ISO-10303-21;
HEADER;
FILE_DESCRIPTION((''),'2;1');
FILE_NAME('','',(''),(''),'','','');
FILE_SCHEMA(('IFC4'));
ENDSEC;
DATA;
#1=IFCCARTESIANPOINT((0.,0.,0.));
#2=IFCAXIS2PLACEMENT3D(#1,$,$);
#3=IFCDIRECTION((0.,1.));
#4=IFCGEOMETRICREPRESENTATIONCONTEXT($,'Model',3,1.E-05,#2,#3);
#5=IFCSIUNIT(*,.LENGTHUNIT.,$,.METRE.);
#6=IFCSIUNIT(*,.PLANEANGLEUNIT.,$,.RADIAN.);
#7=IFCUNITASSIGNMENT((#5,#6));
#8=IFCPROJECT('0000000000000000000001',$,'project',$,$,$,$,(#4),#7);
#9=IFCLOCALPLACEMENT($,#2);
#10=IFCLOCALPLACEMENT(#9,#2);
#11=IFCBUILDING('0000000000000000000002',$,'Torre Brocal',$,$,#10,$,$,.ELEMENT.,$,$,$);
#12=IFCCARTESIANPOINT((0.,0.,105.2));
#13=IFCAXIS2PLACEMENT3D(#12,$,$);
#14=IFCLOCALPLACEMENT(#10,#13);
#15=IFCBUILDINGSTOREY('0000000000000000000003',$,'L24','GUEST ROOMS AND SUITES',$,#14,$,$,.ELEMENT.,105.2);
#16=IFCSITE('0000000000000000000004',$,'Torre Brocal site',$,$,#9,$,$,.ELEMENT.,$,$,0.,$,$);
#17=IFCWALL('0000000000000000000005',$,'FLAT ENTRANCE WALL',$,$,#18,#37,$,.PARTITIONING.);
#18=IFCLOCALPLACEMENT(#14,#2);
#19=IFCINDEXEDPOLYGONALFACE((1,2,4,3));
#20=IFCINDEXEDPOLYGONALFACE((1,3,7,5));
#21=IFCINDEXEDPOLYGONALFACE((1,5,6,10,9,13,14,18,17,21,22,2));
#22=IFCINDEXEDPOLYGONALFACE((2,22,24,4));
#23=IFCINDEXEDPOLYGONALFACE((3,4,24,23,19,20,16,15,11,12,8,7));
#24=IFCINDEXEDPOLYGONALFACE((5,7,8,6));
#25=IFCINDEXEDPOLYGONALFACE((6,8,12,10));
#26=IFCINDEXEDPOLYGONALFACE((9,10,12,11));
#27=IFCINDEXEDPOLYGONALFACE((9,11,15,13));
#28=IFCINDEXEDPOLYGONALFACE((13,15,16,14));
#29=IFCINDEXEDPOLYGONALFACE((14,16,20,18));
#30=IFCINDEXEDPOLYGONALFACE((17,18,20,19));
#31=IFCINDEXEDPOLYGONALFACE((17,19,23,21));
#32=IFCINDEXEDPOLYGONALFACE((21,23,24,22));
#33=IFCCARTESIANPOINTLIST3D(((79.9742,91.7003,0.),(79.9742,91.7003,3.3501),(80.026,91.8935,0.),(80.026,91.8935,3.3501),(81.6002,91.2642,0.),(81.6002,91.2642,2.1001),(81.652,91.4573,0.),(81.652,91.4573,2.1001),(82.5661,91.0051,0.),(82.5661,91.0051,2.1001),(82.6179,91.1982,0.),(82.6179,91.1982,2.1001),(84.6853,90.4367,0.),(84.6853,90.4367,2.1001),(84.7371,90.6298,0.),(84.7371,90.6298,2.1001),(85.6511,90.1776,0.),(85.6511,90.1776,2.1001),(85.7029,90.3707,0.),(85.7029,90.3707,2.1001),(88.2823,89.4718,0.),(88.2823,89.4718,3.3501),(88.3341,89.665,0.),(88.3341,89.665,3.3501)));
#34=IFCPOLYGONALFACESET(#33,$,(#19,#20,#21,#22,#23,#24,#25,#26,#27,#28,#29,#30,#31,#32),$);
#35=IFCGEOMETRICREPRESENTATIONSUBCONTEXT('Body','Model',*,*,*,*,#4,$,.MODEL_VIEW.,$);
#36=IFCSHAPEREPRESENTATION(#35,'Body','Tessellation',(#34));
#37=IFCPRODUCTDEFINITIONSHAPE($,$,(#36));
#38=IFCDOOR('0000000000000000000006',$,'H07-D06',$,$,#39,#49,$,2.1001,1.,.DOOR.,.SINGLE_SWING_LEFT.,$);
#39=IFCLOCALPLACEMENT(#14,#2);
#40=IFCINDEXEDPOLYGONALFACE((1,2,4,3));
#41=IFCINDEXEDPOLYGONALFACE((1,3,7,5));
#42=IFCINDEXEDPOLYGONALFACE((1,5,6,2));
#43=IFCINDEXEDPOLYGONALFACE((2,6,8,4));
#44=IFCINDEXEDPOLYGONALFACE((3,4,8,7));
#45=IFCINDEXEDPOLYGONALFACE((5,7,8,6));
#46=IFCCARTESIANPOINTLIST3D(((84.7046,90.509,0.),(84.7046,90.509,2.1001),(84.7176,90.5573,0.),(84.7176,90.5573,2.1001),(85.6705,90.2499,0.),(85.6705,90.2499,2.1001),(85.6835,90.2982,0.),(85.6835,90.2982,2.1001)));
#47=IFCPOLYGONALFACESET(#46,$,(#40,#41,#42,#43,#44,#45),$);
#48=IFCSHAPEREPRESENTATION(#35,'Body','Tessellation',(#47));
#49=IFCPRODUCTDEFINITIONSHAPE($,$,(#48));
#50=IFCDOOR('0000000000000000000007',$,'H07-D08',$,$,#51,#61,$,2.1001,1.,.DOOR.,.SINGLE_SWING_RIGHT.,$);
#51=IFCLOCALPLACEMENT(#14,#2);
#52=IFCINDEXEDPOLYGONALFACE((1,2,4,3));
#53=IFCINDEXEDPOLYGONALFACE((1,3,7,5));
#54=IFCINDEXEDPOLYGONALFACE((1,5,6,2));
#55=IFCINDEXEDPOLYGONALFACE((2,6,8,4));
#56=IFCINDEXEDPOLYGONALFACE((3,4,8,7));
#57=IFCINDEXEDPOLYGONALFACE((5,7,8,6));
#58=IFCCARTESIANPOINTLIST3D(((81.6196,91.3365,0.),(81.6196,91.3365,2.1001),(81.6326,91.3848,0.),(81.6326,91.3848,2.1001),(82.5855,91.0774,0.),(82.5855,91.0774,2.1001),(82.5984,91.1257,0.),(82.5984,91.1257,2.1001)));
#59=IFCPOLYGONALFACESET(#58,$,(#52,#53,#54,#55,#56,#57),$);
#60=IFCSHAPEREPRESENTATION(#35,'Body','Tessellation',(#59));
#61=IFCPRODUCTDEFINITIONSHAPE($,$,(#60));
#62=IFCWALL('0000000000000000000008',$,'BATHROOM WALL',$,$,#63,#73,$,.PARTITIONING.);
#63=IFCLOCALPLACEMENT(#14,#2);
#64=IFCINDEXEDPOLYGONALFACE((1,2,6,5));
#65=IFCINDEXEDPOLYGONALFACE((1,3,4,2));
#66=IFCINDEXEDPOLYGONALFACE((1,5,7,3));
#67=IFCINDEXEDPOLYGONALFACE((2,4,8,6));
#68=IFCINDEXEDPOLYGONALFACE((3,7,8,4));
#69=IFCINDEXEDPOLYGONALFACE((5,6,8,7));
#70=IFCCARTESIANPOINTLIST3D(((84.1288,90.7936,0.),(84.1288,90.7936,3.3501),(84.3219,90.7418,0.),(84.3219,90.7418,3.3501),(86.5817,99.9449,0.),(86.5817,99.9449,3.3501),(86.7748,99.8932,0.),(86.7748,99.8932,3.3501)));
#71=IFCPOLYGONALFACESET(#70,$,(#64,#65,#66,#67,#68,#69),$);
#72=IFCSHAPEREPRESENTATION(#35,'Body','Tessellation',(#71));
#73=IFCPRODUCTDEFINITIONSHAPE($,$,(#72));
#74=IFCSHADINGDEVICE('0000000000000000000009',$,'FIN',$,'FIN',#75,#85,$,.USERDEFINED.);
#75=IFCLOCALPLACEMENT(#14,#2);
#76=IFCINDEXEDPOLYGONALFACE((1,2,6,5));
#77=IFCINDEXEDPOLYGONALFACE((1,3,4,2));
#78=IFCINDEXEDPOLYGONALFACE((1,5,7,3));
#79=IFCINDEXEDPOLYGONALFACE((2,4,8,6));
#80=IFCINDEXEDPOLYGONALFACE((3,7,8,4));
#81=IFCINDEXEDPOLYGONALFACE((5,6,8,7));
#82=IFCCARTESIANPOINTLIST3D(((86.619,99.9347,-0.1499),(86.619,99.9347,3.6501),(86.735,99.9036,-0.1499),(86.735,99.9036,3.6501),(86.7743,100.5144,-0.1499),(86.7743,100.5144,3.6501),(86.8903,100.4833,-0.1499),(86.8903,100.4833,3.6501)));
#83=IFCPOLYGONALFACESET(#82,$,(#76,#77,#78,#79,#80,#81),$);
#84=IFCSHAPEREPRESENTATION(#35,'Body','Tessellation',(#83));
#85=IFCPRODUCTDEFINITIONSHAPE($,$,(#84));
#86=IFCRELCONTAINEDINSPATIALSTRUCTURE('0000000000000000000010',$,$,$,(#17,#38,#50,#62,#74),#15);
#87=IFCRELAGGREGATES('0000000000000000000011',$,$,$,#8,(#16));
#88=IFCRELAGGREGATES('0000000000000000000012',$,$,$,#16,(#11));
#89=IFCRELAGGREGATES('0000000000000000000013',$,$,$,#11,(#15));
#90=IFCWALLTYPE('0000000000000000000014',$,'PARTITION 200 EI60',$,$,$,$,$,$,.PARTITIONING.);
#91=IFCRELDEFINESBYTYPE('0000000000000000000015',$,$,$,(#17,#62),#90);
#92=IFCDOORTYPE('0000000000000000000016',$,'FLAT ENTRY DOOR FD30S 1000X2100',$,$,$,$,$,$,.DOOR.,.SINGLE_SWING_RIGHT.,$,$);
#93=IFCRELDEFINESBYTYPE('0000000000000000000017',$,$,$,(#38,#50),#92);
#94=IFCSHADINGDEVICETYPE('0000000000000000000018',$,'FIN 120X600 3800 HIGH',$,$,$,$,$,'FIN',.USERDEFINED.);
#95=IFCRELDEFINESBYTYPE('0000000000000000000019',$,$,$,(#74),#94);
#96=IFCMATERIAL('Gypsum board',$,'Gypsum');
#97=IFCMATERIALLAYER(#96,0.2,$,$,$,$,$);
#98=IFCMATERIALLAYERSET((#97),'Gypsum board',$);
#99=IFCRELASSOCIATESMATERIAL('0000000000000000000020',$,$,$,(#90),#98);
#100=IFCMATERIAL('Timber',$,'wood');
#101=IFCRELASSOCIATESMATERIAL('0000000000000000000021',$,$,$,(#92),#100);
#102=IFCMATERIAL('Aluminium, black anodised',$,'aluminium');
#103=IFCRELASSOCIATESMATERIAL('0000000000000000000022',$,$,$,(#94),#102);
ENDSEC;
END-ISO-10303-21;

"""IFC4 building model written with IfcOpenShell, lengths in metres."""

from ifc_helpers import new_model, si_unit, direction, frame, frame_2d, origin, origin_2d, place, context, subcontext, project, spatial, rectangle, extrude, material, layer, layer_set, material_profile, profile_set, type_object, element, fill, save


model = new_model("IFC4")

# Units and contexts
model_context = context("Model", 3, precision=1e-05, world=origin(), true_north=direction((0.0, 1.0)))
body_context = subcontext(model_context, "Body", "Model", "MODEL_VIEW")
ifc_project = project(units=[si_unit("LENGTHUNIT", "METRE"), si_unit("PLANEANGLEUNIT", "RADIAN")], contexts=[model_context])

# Site, building, storey
site_placement = place(None, origin())
site = spatial("IfcSite", under=ifc_project, at=site_placement, Name="Torre Brocal site", CompositionType="ELEMENT", RefElevation=0.0)
building_placement = place(site_placement, origin())
building = spatial("IfcBuilding", under=site, at=building_placement, Name="Torre Brocal", CompositionType="ELEMENT")
storey_placement = place(building_placement, frame((0.0, 0.0, 105.2)))
storey = spatial("IfcBuildingStorey", under=building, at=storey_placement, Name="L24", Description="GUEST ROOMS AND SUITES", CompositionType="ELEMENT", Elevation=105.2)

# Shared definitions
ifc_material_1 = material(Name="Gypsum board", Category="Gypsum")
ifc_layer_1 = layer(ifc_material_1, 0.2)
ifc_layer_set_1 = layer_set([ifc_layer_1], Name="Gypsum board")
wall_type_1 = type_object("IfcWallType", Name="PARTITION 200 EI60", PredefinedType="PARTITIONING", material=ifc_layer_set_1)

# Wall, openings, doors
wall_1_placement = place(storey_placement, frame((80.0002, 91.7969, 0.0), z_axis=(0.0, 0.0, 1.0), x_axis=(0.965857, -0.259076, 0.0)))
wall_1 = element("IfcWall", 1, at=wall_1_placement, inside=storey, type_object=wall_type_1, Name="FLAT ENTRANCE WALL", PredefinedType="PARTITIONING", context=body_context, shape_type="SweptSolid", body=[
    extrude(rectangle(XDim=8.6018, YDim=0.2, at=frame_2d((4.3008, 0.0))), origin(), (0.0, 0.0, 1.0), 3.3501),
])
opening_1_placement = place(wall_1_placement, frame((4.8774, 0.0, 0.0)))
opening_1 = element("IfcOpeningElement", 2, at=opening_1_placement, cuts=wall_1, PredefinedType="OPENING", context=body_context, shape_type="SweptSolid", body=[
    extrude(rectangle(XDim=1.0, YDim=2.1001, at=frame_2d((0.5, 1.05))), frame((0.0, 0.1099, 0.0), z_axis=(0.0, -1.0, 0.0), x_axis=(1.0, 0.0, 0.0)), (0.0, 0.0, 1.0), 0.22),
])
opening_2_placement = place(wall_1_placement, frame((1.6833, 0.0, 0.0)))
opening_2 = element("IfcOpeningElement", 3, at=opening_2_placement, cuts=wall_1, PredefinedType="OPENING", context=body_context, shape_type="SweptSolid", body=[
    extrude(rectangle(XDim=1.0, YDim=2.1001, at=frame_2d((0.5, 1.05))), frame((0.0, 0.1099, 0.0), z_axis=(0.0, -1.0, 0.0), x_axis=(1.0, 0.0, 0.0)), (0.0, 0.0, 1.0), 0.22),
])
ifc_material_2 = material(Name="Timber", Category="wood")
door_type_1 = type_object("IfcDoorType", Name="FLAT ENTRY DOOR FD30S 1000X2100", OperationType="SINGLE_SWING_RIGHT", PredefinedType="DOOR", material=ifc_material_2)
door_1_placement = place(opening_1_placement, origin())
door_1 = element("IfcDoor", 4, at=door_1_placement, inside=storey, type_object=door_type_1, Name="H07-D06", OperationType="SINGLE_SWING_LEFT", OverallHeight=2.1001, OverallWidth=1.0, PredefinedType="DOOR", context=body_context, shape_type="SweptSolid", body=[
    extrude(rectangle(XDim=1.0, YDim=2.1001, at=frame_2d((0.5, 1.05))), frame((0.0, 0.0249, 0.0), z_axis=(0.0, -1.0, 0.0), x_axis=(1.0, 0.0, 0.0)), (0.0, 0.0, 1.0), 0.05),
])
fill(opening_1, door_1)
door_2_placement = place(opening_2_placement, origin())
door_2 = element("IfcDoor", 5, at=door_2_placement, inside=storey, type_object=door_type_1, Name="H07-D08", OperationType="SINGLE_SWING_RIGHT", OverallHeight=2.1001, OverallWidth=1.0, PredefinedType="DOOR", context=body_context, shape_type="SweptSolid", body=[
    extrude(rectangle(XDim=1.0, YDim=2.1001, at=frame_2d((0.5, 1.05))), frame((0.0, 0.0249, 0.0), z_axis=(0.0, -1.0, 0.0), x_axis=(1.0, 0.0, 0.0)), (0.0, 0.0, 1.0), 0.05),
])
fill(opening_2, door_2)

# Wall
wall_2_placement = place(storey_placement, frame((84.2253, 90.7676, 0.0), z_axis=(0.0, 0.0, 1.0), x_axis=(0.258896, 0.965905, 0.0)))
element("IfcWall", 6, at=wall_2_placement, inside=storey, type_object=wall_type_1, Name="BATHROOM WALL", PredefinedType="PARTITIONING", context=body_context, shape_type="SweptSolid", body=[
    extrude(rectangle(XDim=9.4744, YDim=0.2, at=frame_2d((4.7373, 0.0))), origin(), (0.0, 0.0, 1.0), 3.3501),
])

# Shading device
ifc_material_3 = material(Name="Aluminium, black anodised", Category="aluminium")
ifc_material_profile_1 = material_profile(ifc_material_3, rectangle(XDim=0.1201, YDim=0.6001, at=origin_2d()), Name="FIN 120X600 3800 HIGH")
ifc_profile_set_1 = profile_set([ifc_material_profile_1], Name="Aluminium, black anodised")
shading_device_type = type_object("IfcShadingDeviceType", Name="FIN 120X600 3800 HIGH", ElementType="FIN", PredefinedType="USERDEFINED", material=ifc_profile_set_1)
shading_device_placement = place(storey_placement, frame((86.7546, 100.209, -0.1499), z_axis=(0.0, 0.0, 1.0), x_axis=(-0.965926, 0.258819, 0.0)))
element("IfcShadingDevice", 7, at=shading_device_placement, inside=storey, type_object=shading_device_type, Name="FIN", ObjectType="FIN", PredefinedType="USERDEFINED", context=body_context, shape_type="SweptSolid", body=[
    extrude(rectangle(XDim=0.1201, YDim=0.6001, at=origin_2d()), origin(), (0.0, 0.0, 1.0), 3.8),
])

save(model, "model.ifc")
